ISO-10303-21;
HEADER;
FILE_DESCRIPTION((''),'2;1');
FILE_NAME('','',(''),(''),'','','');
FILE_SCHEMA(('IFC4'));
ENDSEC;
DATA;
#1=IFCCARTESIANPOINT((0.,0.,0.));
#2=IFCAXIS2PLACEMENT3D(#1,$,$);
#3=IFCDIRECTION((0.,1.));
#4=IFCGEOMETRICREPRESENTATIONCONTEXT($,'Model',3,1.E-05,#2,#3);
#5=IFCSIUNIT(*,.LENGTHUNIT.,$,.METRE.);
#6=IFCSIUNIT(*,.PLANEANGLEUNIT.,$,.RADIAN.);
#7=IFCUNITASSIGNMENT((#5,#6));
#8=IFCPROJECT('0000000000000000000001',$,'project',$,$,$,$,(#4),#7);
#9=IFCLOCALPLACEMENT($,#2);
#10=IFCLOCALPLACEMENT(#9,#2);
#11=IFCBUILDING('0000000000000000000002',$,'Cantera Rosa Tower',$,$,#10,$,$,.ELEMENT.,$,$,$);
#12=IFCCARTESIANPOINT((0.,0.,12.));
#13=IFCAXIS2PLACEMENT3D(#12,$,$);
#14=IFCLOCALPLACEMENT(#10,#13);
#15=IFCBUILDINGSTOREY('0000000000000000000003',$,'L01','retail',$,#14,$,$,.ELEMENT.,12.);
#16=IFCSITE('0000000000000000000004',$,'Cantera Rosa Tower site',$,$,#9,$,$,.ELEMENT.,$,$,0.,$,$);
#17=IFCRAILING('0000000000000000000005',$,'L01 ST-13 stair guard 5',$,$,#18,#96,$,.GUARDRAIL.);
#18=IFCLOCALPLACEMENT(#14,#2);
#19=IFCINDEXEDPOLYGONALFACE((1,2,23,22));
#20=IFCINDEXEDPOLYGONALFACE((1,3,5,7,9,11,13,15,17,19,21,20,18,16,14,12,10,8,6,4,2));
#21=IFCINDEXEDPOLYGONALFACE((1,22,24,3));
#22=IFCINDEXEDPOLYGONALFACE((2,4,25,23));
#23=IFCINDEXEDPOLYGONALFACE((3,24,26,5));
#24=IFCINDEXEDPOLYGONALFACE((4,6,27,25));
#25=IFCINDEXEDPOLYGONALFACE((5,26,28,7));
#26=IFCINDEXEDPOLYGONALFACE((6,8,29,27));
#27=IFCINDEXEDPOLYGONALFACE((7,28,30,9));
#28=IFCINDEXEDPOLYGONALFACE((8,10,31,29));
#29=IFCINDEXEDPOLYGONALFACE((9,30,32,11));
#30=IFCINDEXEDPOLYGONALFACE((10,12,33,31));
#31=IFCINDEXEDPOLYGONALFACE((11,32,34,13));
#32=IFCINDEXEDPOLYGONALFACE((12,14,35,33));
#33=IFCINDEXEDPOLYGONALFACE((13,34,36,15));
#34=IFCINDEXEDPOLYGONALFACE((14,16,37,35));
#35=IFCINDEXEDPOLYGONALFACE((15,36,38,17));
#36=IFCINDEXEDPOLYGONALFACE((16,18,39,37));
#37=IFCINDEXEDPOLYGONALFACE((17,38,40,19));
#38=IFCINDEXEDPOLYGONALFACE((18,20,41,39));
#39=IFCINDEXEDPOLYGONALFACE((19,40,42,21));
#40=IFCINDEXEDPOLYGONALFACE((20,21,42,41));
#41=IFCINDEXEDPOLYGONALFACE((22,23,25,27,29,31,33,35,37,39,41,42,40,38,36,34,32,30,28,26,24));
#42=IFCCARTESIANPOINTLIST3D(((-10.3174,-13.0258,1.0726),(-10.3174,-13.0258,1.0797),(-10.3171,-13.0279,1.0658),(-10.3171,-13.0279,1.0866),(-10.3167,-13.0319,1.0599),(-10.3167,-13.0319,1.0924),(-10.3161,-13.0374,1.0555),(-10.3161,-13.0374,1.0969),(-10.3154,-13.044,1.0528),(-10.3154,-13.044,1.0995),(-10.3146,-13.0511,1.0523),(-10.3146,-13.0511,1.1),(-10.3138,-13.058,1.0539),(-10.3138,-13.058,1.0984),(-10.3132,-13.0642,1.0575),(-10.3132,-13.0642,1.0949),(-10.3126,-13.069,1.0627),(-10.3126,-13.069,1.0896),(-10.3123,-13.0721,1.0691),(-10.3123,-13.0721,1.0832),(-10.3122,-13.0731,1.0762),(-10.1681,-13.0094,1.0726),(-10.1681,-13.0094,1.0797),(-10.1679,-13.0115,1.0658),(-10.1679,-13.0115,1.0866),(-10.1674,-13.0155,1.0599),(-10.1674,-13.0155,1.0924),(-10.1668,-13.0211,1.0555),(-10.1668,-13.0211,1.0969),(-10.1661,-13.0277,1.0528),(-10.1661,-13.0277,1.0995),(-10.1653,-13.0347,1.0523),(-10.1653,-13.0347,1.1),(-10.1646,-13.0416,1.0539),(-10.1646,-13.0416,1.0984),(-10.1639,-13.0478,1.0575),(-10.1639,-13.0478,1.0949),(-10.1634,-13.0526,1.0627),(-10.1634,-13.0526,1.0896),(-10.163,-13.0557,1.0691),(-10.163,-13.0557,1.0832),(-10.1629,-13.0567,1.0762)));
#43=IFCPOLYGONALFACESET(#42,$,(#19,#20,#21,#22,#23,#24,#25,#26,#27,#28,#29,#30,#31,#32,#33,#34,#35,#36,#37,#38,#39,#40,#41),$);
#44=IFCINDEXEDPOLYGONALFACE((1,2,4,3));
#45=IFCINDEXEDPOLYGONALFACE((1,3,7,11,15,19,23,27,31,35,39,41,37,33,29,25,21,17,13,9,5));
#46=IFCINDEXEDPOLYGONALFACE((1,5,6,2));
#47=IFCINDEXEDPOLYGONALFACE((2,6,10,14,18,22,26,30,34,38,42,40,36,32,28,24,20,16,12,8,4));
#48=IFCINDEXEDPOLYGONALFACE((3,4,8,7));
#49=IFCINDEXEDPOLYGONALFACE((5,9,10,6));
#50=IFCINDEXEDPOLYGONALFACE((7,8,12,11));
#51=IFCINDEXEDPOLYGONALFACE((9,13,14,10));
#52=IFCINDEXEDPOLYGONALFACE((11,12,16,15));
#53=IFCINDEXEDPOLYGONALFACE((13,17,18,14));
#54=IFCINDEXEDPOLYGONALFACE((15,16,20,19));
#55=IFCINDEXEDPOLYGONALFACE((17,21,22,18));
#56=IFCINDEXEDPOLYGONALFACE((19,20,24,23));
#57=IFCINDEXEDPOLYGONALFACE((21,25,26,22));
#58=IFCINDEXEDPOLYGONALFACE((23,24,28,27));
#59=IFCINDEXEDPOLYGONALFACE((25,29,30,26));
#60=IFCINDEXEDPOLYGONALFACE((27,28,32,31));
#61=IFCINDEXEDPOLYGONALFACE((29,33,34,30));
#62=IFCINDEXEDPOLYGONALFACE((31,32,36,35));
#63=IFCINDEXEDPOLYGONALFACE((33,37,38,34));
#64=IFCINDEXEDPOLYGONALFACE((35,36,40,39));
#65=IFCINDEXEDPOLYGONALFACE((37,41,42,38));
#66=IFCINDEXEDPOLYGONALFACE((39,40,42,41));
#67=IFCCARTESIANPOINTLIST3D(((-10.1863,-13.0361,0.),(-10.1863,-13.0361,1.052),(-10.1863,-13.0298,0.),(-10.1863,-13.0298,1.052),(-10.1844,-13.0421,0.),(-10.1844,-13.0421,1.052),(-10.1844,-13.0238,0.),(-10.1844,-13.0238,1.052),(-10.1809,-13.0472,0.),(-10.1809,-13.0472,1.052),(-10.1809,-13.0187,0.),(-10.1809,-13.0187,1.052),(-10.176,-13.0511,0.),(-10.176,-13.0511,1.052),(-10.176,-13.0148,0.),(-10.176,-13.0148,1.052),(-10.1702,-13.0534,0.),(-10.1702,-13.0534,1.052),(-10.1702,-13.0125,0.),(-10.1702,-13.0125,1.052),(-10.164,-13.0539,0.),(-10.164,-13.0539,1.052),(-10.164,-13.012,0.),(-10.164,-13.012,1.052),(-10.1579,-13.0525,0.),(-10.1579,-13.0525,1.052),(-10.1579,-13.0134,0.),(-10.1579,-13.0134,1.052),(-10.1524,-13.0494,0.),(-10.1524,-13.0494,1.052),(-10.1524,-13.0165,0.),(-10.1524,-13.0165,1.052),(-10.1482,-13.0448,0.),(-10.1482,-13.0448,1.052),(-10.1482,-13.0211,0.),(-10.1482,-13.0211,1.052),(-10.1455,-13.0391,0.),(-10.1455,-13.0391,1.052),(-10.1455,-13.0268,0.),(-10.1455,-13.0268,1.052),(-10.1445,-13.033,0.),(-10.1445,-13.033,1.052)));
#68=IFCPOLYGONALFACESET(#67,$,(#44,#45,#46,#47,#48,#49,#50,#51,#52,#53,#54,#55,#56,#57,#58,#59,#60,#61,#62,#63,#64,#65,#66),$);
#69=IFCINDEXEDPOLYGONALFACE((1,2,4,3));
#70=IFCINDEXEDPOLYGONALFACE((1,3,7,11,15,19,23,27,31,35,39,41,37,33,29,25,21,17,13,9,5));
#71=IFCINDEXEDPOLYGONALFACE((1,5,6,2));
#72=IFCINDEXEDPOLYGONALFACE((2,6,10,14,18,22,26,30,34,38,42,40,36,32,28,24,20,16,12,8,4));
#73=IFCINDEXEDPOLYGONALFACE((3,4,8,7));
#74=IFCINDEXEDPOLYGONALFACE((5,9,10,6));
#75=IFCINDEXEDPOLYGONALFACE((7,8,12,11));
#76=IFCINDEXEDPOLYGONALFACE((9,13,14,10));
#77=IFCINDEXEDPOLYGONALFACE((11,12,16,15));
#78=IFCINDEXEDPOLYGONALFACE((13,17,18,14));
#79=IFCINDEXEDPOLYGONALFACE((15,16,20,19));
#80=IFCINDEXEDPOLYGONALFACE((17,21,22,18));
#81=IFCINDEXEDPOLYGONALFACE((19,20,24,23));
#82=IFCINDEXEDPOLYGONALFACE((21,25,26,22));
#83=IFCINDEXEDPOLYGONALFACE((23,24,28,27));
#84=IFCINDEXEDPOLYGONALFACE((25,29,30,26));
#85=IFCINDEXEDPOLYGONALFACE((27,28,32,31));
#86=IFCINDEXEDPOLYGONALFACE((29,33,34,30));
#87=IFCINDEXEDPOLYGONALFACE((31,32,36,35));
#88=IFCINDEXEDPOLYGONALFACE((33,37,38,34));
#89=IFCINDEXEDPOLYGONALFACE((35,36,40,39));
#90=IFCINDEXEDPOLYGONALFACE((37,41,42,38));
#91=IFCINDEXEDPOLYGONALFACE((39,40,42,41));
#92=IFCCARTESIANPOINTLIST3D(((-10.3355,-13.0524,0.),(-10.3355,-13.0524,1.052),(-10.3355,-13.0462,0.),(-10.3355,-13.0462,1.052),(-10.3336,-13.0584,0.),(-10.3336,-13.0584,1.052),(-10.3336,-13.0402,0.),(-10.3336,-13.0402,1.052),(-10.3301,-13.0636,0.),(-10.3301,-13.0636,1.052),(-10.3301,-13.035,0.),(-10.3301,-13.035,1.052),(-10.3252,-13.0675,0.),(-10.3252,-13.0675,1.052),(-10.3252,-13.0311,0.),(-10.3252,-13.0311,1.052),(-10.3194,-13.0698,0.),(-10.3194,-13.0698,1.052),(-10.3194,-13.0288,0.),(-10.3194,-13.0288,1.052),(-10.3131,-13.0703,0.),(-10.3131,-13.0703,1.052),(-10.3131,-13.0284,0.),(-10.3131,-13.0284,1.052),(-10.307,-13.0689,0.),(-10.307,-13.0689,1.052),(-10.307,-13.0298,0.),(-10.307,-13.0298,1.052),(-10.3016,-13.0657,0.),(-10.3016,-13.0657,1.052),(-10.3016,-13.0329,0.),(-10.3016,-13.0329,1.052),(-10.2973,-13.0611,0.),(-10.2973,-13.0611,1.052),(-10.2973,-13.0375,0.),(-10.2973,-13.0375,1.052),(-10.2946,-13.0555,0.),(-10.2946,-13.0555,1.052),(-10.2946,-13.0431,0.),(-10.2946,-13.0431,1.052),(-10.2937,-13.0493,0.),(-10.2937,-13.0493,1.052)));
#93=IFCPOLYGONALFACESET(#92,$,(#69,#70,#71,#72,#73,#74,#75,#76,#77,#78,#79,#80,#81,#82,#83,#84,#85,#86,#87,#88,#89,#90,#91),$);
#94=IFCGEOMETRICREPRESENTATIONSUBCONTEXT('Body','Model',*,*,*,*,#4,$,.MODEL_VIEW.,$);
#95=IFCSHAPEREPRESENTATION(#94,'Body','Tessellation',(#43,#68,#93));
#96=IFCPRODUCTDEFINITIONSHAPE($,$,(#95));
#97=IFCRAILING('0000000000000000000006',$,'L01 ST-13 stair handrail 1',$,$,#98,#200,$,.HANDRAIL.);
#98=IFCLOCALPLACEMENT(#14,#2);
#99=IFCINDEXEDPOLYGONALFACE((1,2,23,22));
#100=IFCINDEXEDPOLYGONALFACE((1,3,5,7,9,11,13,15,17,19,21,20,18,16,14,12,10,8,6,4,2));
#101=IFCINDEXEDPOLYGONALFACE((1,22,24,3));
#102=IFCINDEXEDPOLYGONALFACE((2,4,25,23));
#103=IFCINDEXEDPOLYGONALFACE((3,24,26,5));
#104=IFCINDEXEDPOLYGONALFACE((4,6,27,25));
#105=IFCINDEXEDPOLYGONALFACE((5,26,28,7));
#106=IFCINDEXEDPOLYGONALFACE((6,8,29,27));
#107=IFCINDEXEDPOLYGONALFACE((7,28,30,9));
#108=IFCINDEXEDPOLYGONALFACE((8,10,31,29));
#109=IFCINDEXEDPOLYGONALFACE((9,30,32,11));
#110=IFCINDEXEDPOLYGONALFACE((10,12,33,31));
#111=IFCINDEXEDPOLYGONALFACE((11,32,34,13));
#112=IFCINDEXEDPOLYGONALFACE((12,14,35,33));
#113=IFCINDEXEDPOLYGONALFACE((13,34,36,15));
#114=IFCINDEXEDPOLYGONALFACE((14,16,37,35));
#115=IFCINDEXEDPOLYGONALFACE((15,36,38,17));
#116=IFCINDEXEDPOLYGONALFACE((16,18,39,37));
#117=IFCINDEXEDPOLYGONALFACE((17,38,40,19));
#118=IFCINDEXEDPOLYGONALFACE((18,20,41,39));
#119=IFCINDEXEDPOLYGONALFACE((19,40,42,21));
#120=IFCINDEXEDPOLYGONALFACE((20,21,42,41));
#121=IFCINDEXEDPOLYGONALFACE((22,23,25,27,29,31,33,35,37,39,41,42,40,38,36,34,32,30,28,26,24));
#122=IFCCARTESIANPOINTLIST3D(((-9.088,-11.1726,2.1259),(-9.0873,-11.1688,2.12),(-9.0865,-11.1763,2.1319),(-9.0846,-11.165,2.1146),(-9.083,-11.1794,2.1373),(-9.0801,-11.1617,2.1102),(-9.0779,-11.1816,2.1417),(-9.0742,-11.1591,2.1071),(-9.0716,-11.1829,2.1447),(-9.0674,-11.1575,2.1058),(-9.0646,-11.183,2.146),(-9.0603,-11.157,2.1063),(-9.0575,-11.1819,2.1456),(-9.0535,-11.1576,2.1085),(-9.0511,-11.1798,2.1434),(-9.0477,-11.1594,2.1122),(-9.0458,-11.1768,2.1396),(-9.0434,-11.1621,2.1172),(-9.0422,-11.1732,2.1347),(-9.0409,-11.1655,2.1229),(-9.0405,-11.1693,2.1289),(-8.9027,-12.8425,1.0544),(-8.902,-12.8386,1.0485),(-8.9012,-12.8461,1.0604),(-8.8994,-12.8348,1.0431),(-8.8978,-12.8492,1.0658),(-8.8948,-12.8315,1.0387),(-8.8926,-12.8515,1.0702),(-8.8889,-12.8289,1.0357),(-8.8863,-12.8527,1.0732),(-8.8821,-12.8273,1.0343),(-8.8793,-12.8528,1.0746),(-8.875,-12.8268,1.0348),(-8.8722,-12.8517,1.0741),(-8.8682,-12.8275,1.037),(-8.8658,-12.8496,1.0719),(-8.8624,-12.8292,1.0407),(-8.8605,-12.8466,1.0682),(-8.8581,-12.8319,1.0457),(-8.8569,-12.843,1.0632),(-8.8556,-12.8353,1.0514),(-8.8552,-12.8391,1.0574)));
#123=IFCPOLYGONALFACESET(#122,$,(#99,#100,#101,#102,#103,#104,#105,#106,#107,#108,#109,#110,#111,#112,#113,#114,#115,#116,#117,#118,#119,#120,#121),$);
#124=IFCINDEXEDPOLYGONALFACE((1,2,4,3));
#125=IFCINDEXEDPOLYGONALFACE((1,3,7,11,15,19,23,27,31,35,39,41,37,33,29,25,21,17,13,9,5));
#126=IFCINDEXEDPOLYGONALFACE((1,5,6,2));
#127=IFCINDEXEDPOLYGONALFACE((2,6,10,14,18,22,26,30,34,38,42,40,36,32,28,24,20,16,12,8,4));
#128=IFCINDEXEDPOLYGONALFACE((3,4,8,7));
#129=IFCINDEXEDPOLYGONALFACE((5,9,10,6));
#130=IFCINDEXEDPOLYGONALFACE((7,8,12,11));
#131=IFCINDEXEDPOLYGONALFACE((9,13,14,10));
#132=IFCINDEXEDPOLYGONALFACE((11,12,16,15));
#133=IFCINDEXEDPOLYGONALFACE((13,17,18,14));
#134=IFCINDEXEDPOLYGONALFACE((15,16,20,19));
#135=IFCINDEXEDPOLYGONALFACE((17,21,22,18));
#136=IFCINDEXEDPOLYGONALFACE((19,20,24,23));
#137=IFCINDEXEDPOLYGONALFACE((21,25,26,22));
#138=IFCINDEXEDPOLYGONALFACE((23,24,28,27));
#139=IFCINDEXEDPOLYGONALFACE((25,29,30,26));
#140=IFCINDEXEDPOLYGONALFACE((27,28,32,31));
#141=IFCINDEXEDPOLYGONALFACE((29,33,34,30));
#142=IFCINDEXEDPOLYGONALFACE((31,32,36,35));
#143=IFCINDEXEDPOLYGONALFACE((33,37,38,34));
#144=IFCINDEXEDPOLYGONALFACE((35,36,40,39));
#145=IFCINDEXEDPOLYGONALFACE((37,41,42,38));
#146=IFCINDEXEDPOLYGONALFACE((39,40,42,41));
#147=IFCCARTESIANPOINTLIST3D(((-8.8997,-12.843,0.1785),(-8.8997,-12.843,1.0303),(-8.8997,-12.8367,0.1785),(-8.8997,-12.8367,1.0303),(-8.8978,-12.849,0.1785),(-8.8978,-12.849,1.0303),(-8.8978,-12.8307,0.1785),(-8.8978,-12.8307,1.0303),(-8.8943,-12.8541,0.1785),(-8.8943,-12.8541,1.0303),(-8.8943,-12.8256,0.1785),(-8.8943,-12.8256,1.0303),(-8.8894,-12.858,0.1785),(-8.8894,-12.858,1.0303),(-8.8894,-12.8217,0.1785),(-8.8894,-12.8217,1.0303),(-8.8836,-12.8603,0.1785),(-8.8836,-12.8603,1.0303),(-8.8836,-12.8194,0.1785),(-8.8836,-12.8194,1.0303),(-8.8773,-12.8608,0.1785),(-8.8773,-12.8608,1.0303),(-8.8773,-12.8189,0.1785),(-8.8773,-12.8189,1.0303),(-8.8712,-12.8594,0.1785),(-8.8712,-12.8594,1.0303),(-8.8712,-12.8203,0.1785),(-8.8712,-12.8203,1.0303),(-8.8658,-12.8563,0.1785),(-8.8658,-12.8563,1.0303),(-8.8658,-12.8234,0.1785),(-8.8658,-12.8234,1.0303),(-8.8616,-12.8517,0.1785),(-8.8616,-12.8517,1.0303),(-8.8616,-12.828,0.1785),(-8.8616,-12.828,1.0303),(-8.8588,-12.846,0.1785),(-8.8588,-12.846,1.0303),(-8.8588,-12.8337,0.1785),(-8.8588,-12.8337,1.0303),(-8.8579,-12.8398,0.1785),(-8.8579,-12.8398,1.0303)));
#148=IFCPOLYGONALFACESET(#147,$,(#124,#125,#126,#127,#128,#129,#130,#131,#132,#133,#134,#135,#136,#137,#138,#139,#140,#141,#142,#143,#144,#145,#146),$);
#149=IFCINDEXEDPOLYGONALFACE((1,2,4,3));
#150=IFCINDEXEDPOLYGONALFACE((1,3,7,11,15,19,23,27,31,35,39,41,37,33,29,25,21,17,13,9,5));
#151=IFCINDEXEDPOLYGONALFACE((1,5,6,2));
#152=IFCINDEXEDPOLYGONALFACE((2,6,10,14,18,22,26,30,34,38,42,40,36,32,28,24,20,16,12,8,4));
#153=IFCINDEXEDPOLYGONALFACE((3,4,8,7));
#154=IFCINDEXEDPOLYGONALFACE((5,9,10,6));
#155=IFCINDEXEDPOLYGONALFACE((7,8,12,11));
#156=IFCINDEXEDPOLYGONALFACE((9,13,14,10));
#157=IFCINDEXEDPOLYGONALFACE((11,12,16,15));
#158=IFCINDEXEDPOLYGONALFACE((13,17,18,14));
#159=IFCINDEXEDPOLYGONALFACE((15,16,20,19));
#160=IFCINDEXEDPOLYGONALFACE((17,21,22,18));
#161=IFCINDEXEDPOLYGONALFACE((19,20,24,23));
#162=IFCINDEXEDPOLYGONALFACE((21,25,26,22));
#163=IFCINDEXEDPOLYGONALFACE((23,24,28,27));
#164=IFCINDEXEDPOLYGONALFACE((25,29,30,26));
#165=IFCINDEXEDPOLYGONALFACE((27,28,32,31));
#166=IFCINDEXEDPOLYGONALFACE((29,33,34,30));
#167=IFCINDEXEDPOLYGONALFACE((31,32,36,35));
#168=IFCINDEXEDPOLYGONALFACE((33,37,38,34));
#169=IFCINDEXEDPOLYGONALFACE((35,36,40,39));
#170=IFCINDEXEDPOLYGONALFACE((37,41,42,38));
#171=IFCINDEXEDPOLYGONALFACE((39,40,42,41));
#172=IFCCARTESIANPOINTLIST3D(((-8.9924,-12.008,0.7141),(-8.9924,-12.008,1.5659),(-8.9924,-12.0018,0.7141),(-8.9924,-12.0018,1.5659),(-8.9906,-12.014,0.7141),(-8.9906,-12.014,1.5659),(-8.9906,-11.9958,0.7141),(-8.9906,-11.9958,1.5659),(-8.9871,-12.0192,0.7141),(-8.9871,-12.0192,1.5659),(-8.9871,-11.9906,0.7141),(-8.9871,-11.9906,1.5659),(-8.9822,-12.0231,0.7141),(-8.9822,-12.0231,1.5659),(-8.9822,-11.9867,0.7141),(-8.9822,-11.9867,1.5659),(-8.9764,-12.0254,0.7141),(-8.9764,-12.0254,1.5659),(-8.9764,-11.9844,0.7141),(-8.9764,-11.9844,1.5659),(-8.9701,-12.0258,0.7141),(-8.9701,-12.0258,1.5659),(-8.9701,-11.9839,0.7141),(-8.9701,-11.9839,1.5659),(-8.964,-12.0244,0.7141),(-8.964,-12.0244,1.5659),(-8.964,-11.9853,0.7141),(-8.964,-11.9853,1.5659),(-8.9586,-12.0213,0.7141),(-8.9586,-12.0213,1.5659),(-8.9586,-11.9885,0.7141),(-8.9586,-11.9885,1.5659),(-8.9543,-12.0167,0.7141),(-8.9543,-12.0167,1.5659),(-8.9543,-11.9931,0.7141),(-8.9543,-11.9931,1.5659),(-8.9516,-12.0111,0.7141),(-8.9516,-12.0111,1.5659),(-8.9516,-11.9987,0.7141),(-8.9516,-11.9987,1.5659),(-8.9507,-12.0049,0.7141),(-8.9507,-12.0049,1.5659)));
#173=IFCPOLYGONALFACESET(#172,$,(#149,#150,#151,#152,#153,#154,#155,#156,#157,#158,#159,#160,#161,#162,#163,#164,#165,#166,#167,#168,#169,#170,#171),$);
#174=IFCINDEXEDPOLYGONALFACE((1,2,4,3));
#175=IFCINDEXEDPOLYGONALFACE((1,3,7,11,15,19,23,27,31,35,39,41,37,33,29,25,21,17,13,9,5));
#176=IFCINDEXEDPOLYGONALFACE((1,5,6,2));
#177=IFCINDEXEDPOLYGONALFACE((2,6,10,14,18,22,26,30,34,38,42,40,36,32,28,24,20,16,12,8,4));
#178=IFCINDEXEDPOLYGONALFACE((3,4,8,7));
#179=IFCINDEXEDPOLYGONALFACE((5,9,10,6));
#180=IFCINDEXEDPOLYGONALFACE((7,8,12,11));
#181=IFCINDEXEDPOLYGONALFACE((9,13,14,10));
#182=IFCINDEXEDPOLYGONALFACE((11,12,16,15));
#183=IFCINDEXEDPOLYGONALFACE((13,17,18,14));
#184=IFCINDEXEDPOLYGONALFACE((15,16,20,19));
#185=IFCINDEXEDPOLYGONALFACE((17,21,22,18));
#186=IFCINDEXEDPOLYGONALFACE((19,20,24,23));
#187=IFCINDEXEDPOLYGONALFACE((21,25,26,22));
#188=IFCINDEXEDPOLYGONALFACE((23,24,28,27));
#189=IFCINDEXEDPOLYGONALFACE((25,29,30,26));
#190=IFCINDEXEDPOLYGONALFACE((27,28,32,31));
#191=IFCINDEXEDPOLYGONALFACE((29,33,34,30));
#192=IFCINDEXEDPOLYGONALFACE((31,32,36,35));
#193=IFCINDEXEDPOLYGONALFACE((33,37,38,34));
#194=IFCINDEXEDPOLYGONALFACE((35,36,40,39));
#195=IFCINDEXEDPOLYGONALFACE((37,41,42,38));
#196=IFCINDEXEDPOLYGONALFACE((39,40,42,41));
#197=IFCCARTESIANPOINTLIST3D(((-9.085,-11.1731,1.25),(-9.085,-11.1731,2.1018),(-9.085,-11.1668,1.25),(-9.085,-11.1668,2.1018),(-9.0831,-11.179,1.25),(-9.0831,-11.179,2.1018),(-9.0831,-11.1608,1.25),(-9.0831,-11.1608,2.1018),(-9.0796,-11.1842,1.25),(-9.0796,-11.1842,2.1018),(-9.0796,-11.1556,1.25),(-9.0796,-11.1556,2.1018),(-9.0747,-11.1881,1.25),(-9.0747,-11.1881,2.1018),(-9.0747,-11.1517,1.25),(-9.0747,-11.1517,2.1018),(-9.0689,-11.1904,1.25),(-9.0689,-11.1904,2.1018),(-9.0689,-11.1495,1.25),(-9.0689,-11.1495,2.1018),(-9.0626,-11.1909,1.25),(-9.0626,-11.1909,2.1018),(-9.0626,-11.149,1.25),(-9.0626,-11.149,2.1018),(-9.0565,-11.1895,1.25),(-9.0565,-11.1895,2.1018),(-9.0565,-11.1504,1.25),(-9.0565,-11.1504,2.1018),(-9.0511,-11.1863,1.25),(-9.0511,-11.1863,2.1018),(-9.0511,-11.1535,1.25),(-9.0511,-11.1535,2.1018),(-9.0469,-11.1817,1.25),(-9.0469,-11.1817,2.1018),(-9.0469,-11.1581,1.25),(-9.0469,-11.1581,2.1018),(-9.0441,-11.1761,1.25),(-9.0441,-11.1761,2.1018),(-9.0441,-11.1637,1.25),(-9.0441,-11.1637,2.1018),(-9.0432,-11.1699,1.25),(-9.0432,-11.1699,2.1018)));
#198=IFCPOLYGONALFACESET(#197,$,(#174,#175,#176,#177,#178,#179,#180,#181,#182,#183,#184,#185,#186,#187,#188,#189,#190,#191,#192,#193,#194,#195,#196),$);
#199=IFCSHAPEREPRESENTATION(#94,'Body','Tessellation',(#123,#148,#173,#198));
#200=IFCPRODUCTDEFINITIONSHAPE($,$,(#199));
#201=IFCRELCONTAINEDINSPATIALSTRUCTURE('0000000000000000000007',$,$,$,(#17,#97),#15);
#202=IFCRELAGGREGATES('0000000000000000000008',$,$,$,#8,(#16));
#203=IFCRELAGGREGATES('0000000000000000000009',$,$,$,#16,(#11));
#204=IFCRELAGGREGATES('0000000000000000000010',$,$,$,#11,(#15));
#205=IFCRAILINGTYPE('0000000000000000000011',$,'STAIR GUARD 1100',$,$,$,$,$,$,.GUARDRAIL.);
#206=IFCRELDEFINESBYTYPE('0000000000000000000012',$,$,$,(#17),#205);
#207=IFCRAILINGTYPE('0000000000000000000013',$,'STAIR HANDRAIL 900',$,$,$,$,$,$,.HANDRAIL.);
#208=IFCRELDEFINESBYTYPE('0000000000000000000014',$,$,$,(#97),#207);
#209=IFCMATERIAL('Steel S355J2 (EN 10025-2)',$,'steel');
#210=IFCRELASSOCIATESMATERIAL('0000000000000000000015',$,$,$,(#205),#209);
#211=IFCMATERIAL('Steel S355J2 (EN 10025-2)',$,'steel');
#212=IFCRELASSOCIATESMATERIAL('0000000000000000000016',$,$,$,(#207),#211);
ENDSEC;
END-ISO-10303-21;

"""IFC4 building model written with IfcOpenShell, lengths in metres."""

from ifc_helpers import new_model, si_unit, direction, frame, origin, origin_2d, place, context, subcontext, project, spatial, circle, extrude, material, type_object, element, save


model = new_model("IFC4")

# Units and contexts
model_context = context("Model", 3, precision=1e-05, world=origin(), true_north=direction((0.0, 1.0)))
body_context = subcontext(model_context, "Body", "Model", "MODEL_VIEW")
ifc_project = project(units=[si_unit("LENGTHUNIT", "METRE"), si_unit("PLANEANGLEUNIT", "RADIAN")], contexts=[model_context])

# Site, building, storey
site_placement = place(None, origin())
site = spatial("IfcSite", under=ifc_project, at=site_placement, Name="Cantera Rosa Tower site", CompositionType="ELEMENT", RefElevation=0.0)
building_placement = place(site_placement, origin())
building = spatial("IfcBuilding", under=site, at=building_placement, Name="Cantera Rosa Tower", CompositionType="ELEMENT")
storey_placement = place(building_placement, frame((0.0, 0.0, 12.0)))
storey = spatial("IfcBuildingStorey", under=building, at=storey_placement, Name="L01", Description="retail", CompositionType="ELEMENT", Elevation=12.0)

# Railings
ifc_material_1 = material(Name="Steel S355J2 (EN 10025-2)", Category="steel")
railing_type_1 = type_object("IfcRailingType", Name="STAIR GUARD 1100", PredefinedType="GUARDRAIL", material=ifc_material_1)
railing_1_placement = place(storey_placement, frame((-10.1655, -13.033, 0.0)))
element("IfcRailing", 1, at=railing_1_placement, inside=storey, type_object=railing_type_1, Name="L01 ST-13 stair guard 5", PredefinedType="GUARDRAIL", context=body_context, shape_type="SweptSolid", body=[
    extrude(circle(Radius=0.0239, at=origin_2d()), frame((0.0, 0.0, 1.0762), z_axis=(-0.994041, -0.109003, 0.0), x_axis=(0.109003, -0.994041, 0.0)), (0.0, 0.0, 1.0), 0.1501),
    extrude(circle(Radius=0.021, at=origin_2d()), origin(), (0.0, 0.0, 1.0), 1.052),
    extrude(circle(Radius=0.021, at=origin_2d()), frame((-0.1492, -0.0164, 0.0)), (0.0, 0.0, 1.0), 1.052),
])
ifc_material_2 = material(Name="Steel S355J2 (EN 10025-2)", Category="steel")
railing_type_2 = type_object("IfcRailingType", Name="STAIR HANDRAIL 900", PredefinedType="HANDRAIL", material=ifc_material_2)
railing_2_placement = place(storey_placement, frame((-8.8789, -12.8398, 0.1785)))
element("IfcRailing", 2, at=railing_2_placement, inside=storey, type_object=railing_type_2, Name="L01 ST-13 stair handrail 1", PredefinedType="HANDRAIL", context=body_context, shape_type="SweptSolid", body=[
    extrude(circle(Radius=0.0239, at=origin_2d()), frame((0.0, 0.0, 0.876), z_axis=(-0.092987, 0.837987, 0.537709), x_axis=(-0.9939, -0.110288, 0.0)), (0.0, 0.0, 1.0), 1.9927),
    extrude(circle(Radius=0.021, at=origin_2d()), origin(), (0.0, 0.0, 1.0), 0.8518),
    extrude(circle(Radius=0.021, at=origin_2d()), frame((-0.0928, 0.835, 0.5356)), (0.0, 0.0, 1.0), 0.8518),
    extrude(circle(Radius=0.021, at=origin_2d()), frame((-0.1853, 1.6699, 1.0715)), (0.0, 0.0, 1.0), 0.8518),
])

save(model, "model.ifc")
